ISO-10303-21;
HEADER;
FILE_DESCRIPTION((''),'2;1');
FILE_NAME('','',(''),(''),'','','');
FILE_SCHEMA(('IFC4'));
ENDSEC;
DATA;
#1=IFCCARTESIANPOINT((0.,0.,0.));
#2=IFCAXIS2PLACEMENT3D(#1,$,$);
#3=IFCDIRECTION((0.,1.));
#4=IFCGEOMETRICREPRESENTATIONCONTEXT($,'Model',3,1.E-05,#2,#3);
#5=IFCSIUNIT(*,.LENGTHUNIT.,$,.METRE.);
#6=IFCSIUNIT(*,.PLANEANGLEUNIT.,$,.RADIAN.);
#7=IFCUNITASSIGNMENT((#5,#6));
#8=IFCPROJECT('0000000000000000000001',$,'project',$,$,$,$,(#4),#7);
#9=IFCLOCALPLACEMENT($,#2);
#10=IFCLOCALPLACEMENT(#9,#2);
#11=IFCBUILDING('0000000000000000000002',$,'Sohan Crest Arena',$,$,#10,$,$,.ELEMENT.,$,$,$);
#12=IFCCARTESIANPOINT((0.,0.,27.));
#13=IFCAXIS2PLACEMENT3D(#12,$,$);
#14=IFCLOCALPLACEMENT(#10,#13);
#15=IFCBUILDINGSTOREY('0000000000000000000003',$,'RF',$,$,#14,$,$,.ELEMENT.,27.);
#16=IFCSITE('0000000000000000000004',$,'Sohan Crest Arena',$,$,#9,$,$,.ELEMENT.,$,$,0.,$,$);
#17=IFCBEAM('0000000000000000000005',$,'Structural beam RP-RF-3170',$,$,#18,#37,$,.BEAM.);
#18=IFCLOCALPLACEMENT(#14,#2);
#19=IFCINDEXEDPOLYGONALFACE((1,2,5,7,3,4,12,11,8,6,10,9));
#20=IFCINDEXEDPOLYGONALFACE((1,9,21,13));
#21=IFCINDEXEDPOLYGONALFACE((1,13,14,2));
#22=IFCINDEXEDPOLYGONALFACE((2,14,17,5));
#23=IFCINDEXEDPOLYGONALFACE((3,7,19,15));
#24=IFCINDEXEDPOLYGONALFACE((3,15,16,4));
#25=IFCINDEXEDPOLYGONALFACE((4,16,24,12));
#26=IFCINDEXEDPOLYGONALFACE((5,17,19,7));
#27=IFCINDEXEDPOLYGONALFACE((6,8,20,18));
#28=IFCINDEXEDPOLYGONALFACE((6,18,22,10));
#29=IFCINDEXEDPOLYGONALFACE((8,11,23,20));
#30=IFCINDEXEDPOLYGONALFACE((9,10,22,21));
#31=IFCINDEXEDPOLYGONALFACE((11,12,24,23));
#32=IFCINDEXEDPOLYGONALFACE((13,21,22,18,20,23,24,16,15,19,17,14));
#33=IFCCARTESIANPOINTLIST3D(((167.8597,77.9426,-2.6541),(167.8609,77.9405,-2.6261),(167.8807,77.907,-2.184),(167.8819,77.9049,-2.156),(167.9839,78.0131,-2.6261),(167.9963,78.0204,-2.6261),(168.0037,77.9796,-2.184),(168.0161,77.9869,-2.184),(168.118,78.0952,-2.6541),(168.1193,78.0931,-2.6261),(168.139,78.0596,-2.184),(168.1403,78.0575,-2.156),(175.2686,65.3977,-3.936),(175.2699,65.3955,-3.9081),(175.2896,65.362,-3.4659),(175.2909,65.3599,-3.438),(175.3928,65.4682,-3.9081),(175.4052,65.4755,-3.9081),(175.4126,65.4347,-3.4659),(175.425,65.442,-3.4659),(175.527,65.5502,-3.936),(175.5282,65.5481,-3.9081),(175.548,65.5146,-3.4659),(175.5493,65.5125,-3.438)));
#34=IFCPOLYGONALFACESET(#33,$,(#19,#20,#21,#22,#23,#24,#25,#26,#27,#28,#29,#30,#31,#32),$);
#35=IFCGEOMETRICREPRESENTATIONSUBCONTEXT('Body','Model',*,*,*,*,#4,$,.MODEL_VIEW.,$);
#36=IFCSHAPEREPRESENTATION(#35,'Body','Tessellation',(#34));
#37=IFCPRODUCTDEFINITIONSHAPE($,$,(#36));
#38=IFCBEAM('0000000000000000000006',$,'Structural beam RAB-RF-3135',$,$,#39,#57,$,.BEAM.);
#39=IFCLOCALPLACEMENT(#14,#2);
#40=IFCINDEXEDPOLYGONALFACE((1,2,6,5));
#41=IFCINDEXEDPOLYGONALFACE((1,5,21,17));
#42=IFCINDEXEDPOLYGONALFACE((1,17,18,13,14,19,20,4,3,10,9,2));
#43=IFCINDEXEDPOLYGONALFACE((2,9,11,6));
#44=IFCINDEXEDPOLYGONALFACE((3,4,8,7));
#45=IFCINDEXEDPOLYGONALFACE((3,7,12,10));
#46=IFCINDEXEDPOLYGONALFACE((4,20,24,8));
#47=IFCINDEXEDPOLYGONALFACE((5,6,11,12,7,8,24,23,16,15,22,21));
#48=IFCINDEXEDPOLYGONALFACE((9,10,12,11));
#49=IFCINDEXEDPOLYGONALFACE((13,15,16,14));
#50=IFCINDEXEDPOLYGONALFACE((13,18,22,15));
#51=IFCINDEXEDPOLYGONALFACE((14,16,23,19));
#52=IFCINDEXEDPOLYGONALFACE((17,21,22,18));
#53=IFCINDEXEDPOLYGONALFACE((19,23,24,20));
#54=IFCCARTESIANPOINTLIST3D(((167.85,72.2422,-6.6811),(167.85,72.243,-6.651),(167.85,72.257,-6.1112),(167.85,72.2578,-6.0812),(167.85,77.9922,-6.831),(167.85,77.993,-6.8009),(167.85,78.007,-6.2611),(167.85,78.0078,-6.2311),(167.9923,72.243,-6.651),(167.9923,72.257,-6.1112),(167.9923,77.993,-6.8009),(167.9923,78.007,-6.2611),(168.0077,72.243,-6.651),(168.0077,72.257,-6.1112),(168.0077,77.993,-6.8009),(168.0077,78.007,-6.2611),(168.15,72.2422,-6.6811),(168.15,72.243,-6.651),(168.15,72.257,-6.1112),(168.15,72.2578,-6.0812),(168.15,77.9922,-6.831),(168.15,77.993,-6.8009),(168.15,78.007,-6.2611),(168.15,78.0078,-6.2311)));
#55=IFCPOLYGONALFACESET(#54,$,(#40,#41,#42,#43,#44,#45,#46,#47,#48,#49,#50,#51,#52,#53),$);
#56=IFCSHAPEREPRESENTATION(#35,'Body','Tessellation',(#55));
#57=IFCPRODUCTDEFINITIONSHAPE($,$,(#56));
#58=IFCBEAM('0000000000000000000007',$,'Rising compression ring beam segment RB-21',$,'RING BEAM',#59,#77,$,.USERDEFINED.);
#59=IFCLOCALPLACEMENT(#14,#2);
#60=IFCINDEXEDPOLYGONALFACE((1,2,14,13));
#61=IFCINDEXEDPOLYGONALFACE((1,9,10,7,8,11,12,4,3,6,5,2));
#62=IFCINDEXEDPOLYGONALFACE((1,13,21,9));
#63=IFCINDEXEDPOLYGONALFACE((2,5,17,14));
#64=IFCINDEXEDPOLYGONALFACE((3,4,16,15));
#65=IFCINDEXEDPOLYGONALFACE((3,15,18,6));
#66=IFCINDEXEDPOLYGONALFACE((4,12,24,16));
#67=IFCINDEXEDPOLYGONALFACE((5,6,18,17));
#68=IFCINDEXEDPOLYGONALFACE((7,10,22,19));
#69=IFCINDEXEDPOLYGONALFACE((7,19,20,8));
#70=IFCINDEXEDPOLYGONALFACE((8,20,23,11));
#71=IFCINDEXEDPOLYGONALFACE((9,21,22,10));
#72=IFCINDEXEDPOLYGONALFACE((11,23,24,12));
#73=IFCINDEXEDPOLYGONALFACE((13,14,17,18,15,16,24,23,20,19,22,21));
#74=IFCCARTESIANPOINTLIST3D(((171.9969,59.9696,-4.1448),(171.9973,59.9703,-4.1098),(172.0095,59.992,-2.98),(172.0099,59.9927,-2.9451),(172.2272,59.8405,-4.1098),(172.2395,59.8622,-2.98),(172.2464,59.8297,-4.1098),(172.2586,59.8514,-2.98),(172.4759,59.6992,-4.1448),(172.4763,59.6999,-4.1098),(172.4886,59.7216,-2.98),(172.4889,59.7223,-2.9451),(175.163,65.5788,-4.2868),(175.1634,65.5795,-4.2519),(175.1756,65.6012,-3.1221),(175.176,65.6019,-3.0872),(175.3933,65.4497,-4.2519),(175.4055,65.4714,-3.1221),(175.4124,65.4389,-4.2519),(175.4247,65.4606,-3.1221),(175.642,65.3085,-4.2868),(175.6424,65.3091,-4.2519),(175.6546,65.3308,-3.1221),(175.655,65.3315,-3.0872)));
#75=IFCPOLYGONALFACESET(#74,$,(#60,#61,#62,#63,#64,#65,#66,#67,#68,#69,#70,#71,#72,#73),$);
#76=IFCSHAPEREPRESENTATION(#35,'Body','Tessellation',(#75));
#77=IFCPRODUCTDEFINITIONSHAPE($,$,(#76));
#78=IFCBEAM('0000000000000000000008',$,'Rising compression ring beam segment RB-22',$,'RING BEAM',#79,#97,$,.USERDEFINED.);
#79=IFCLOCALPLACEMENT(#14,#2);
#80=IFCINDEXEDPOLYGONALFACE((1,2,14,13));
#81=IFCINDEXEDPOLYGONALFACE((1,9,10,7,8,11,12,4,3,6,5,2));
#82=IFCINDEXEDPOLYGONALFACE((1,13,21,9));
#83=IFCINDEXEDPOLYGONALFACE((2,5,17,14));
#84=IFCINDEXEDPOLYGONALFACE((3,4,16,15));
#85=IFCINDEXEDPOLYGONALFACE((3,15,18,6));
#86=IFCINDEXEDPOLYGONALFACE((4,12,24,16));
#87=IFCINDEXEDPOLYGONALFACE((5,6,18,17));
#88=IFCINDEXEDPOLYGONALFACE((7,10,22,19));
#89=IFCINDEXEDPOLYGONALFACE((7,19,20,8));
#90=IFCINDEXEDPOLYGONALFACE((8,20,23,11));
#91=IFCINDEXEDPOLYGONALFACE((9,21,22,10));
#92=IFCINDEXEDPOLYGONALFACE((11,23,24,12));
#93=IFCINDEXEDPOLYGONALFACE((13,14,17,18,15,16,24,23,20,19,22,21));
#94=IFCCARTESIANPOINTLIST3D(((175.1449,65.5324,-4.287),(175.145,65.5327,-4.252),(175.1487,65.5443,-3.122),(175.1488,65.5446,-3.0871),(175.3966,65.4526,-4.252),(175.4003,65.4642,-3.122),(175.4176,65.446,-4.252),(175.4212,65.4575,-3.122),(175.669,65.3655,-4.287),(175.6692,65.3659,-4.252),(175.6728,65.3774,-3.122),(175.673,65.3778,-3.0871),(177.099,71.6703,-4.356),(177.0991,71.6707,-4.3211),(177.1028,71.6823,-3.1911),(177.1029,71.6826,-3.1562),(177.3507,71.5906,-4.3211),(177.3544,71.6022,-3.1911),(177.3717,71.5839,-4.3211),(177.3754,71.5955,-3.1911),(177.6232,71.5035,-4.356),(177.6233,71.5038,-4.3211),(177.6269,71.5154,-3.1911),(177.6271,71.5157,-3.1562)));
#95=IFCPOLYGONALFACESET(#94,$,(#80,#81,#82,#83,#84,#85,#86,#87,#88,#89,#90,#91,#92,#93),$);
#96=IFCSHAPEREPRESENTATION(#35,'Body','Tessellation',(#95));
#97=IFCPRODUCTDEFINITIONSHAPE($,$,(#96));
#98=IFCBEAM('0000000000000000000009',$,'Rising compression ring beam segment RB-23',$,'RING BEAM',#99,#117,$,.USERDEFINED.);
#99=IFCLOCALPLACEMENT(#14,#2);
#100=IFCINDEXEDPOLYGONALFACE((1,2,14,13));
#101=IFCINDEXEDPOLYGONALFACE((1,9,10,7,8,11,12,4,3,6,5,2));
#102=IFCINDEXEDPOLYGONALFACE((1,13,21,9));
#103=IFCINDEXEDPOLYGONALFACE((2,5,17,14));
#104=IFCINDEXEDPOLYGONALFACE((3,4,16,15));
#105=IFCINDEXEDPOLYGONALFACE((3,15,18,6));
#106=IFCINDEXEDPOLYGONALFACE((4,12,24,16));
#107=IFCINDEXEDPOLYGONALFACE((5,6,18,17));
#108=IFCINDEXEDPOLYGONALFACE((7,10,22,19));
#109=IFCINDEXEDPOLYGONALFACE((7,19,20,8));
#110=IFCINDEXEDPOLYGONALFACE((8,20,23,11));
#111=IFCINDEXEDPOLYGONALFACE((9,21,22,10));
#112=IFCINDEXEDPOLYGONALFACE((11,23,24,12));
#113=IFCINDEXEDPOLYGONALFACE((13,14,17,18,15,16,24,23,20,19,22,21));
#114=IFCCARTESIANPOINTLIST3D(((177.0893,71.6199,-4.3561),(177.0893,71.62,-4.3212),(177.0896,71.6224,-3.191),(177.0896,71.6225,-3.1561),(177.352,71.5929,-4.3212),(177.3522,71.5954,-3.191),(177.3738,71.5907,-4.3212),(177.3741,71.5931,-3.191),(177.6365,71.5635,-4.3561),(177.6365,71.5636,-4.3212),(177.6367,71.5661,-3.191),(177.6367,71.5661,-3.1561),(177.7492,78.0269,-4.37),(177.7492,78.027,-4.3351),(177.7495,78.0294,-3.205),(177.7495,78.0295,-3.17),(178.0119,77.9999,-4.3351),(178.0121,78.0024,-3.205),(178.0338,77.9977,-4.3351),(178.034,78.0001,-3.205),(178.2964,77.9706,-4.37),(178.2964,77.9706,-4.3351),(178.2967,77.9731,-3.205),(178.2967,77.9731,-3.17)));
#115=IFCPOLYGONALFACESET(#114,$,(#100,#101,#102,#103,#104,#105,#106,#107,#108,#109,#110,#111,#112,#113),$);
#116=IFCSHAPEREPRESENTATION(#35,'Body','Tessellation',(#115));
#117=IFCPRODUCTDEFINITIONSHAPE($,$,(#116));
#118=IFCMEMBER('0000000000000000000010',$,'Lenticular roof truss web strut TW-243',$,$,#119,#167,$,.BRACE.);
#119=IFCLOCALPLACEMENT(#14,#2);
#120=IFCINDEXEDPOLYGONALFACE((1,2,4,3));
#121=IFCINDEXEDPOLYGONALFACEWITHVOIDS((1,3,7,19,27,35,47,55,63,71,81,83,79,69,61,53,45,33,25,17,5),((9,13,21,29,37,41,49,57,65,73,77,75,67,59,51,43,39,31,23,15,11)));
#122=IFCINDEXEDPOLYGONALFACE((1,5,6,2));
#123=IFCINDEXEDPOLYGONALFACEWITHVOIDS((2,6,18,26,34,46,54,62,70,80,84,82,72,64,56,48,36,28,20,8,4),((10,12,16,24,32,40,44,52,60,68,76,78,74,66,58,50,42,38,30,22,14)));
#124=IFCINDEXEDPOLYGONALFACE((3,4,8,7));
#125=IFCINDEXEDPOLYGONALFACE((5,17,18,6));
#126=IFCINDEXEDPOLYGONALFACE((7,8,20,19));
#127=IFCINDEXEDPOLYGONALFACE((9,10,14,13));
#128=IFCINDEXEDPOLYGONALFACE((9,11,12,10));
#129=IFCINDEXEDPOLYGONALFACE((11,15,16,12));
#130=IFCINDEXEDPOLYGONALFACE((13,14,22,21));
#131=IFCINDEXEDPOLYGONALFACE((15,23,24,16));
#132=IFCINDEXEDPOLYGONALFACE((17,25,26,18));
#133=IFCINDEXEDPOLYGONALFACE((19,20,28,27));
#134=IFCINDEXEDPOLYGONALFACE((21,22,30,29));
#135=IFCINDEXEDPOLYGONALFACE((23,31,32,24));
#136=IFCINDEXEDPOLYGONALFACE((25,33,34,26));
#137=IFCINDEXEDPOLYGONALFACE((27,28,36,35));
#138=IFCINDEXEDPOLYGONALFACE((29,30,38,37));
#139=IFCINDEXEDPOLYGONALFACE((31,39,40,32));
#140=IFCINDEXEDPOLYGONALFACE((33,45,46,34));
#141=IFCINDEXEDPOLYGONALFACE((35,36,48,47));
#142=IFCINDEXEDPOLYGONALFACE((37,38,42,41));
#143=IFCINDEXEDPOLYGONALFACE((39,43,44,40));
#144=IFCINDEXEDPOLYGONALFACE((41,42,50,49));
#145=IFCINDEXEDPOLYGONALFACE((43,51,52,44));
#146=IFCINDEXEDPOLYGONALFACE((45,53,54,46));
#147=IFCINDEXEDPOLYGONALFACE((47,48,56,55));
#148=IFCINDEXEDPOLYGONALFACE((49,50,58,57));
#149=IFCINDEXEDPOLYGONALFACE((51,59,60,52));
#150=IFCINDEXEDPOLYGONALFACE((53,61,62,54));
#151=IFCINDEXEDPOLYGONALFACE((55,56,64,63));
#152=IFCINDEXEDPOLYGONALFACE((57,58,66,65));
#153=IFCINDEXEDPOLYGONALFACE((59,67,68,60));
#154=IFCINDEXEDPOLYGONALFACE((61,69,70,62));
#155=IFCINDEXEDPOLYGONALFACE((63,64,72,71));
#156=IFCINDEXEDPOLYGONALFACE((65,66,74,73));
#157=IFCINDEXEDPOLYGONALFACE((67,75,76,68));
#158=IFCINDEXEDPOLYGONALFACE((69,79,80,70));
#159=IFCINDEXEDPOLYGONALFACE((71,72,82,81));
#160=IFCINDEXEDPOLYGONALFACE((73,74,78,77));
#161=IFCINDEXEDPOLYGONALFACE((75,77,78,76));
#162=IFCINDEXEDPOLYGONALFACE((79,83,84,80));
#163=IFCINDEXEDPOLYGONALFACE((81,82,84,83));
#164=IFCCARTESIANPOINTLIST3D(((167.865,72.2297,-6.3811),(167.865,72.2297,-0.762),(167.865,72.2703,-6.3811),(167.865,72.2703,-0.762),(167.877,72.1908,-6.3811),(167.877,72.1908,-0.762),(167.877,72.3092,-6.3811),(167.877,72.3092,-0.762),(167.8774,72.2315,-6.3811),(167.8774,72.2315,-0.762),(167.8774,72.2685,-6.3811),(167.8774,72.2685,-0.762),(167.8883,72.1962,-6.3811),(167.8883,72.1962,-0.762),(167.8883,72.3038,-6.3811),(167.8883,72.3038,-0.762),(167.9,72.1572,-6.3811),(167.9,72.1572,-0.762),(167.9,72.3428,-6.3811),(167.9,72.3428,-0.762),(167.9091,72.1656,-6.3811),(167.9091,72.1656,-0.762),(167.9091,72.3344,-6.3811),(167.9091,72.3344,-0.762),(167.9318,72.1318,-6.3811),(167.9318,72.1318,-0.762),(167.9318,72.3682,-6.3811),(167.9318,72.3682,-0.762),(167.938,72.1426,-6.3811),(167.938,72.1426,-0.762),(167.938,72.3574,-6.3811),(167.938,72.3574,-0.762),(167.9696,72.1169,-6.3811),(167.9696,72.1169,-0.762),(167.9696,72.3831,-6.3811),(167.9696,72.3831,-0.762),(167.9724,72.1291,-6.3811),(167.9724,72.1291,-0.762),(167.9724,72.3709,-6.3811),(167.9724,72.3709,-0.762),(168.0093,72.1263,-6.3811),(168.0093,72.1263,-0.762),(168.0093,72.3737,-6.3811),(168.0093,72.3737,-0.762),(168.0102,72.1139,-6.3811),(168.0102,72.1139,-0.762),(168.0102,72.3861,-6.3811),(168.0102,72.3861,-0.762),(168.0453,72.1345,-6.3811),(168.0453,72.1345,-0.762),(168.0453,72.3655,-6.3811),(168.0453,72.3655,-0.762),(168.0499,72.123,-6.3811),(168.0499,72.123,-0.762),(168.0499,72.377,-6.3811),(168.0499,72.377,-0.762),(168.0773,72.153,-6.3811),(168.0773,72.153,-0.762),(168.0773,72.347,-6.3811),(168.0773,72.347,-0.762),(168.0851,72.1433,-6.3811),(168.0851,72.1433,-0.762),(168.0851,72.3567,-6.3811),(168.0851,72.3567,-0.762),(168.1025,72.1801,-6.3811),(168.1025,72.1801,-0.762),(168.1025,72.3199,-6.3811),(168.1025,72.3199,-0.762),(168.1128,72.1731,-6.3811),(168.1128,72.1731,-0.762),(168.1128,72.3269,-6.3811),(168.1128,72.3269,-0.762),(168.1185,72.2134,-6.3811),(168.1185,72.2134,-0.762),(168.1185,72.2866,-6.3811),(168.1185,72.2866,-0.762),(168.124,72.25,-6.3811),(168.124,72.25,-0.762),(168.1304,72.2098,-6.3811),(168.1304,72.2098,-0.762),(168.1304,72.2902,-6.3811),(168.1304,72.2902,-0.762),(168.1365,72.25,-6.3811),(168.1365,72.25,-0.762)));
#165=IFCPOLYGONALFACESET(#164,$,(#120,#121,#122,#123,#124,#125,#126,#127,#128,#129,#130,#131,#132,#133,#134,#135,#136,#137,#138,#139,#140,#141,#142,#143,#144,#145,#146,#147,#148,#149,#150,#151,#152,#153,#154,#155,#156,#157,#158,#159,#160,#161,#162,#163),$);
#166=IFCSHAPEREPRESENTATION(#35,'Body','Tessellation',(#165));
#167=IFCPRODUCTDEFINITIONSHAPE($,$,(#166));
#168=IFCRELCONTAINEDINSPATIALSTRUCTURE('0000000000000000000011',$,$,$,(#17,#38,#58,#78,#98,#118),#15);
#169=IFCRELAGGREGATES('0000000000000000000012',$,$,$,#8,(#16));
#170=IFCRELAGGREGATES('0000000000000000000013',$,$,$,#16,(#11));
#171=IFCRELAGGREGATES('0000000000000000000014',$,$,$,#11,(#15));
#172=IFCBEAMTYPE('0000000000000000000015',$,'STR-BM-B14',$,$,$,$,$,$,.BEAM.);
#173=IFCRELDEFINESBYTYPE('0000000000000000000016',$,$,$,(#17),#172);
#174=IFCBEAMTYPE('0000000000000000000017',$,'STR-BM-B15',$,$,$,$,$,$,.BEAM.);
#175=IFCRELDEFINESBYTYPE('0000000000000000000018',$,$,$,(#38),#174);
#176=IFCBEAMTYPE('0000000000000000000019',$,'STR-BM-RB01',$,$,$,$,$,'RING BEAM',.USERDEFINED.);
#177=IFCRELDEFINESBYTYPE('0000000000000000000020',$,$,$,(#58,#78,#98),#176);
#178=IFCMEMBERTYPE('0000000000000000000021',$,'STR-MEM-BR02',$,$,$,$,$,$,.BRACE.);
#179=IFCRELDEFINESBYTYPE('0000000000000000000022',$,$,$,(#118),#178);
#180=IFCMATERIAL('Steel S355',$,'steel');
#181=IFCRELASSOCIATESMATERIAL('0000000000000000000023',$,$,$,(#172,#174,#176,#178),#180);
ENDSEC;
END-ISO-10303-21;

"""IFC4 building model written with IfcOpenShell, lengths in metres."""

from ifc_helpers import new_model, si_unit, direction, frame, origin, origin_2d, place, context, subcontext, project, spatial, hollow_circle, i_section, extrude, material, material_profile, profile_set, type_object, element, save


model = new_model("IFC4")

# Units and contexts
model_context = context("Model", 3, precision=1e-05, world=origin(), true_north=direction((0.0, 1.0)))
body_context = subcontext(model_context, "Body", "Model", "MODEL_VIEW")
ifc_project = project(units=[si_unit("LENGTHUNIT", "METRE"), si_unit("PLANEANGLEUNIT", "RADIAN")], contexts=[model_context])

# Site, building, storey
site_placement = place(None, origin())
site = spatial("IfcSite", under=ifc_project, at=site_placement, Name="Sohan Crest Arena", CompositionType="ELEMENT", RefElevation=0.0)
building_placement = place(site_placement, origin())
building = spatial("IfcBuilding", under=site, at=building_placement, Name="Sohan Crest Arena", CompositionType="ELEMENT")
storey_placement = place(building_placement, frame((0.0, 0.0, 27.0)))
storey = spatial("IfcBuildingStorey", under=building, at=storey_placement, Name="RF", CompositionType="ELEMENT", Elevation=27.0)

# Beams
ifc_material_1 = material(Name="Steel S355", Category="steel")
ifc_material_profile_1 = material_profile(ifc_material_1, i_section(OverallWidth=0.3, OverallDepth=0.5, WebThickness=0.0144, FlangeThickness=0.0281, at=origin_2d()), Name="HEB 500")
ifc_profile_set_1 = profile_set([ifc_material_profile_1], Name="Steel S355")
beam_type_1 = type_object("IfcBeamType", Name="STR-BM-B14", PredefinedType="BEAM", material=ifc_profile_set_1)
beam_1_placement = place(storey_placement, frame((175.4089, 65.4551, -3.687), z_axis=(-0.50657, 0.857732, 0.087653), x_axis=(-0.861046, -0.508527, 0.0)))
element("IfcBeam", 1, at=beam_1_placement, inside=storey, type_object=beam_type_1, Name="Structural beam RP-RF-3170", PredefinedType="BEAM", context=body_context, shape_type="SweptSolid", body=[
    extrude(i_section(OverallWidth=0.3, OverallDepth=0.5, WebThickness=0.0144, FlangeThickness=0.0281, at=origin_2d()), origin(), (0.0, 0.0, 1.0), 14.6257),
])
ifc_material_profile_2 = material_profile(ifc_material_1, i_section(OverallWidth=0.3, OverallDepth=0.6001, WebThickness=0.0154, FlangeThickness=0.03, at=origin_2d()), Name="HEB 600")
ifc_profile_set_2 = profile_set([ifc_material_profile_2], Name="Steel S355")
beam_type_2 = type_object("IfcBeamType", Name="STR-BM-B15", PredefinedType="BEAM", material=ifc_profile_set_2)
beam_2_placement = place(storey_placement, frame((168.0, 72.25, -6.3811), z_axis=(0.0, 0.99966, -0.026061), x_axis=(-1.0, 0.0, 0.0)))
element("IfcBeam", 2, at=beam_2_placement, inside=storey, type_object=beam_type_2, Name="Structural beam RAB-RF-3135", PredefinedType="BEAM", context=body_context, shape_type="SweptSolid", body=[
    extrude(i_section(OverallWidth=0.3, OverallDepth=0.6001, WebThickness=0.0154, FlangeThickness=0.03, at=origin_2d()), origin(), (0.0, 0.0, 1.0), 5.752),
])
ifc_material_profile_3 = material_profile(ifc_material_1, i_section(OverallWidth=0.55, OverallDepth=1.2, WebThickness=0.022, FlangeThickness=0.0349, at=origin_2d()), Name="PG 1200x550x22x35")
ifc_profile_set_3 = profile_set([ifc_material_profile_3], Name="Steel S355")
beam_type_3 = type_object("IfcBeamType", Name="STR-BM-RB01", ElementType="RING BEAM", PredefinedType="USERDEFINED", material=ifc_profile_set_3)
beam_3_placement = place(storey_placement, frame((172.2429, 59.8459, -3.5449), z_axis=(0.491424, 0.870641, -0.022055), x_axis=(-0.870853, 0.491544, 0.0)))
element("IfcBeam", 3, at=beam_3_placement, inside=storey, type_object=beam_type_3, Name="Rising compression ring beam segment RB-21", ObjectType="RING BEAM", PredefinedType="USERDEFINED", context=body_context, shape_type="SweptSolid", body=[
    extrude(i_section(OverallWidth=0.55, OverallDepth=1.2, WebThickness=0.022, FlangeThickness=0.0349, at=origin_2d()), origin(), (0.0, 0.0, 1.0), 6.4426),
])
beam_4_placement = place(storey_placement, frame((175.4089, 65.4551, -3.687), z_axis=(0.303344, 0.952821, -0.010725), x_axis=(-0.952875, 0.303362, 0.0)))
element("IfcBeam", 4, at=beam_4_placement, inside=storey, type_object=beam_type_3, Name="Rising compression ring beam segment RB-22", ObjectType="RING BEAM", PredefinedType="USERDEFINED", context=body_context, shape_type="SweptSolid", body=[
    extrude(i_section(OverallWidth=0.55, OverallDepth=1.2, WebThickness=0.022, FlangeThickness=0.0349, at=origin_2d()), origin(), (0.0, 0.0, 1.0), 6.4419),
])
beam_5_placement = place(storey_placement, frame((177.363, 71.593, -3.7561), z_axis=(0.102457, 0.994735, -0.002161), x_axis=(-0.994737, 0.102457, 0.0)))
element("IfcBeam", 5, at=beam_5_placement, inside=storey, type_object=beam_type_3, Name="Rising compression ring beam segment RB-23", ObjectType="RING BEAM", PredefinedType="USERDEFINED", context=body_context, shape_type="SweptSolid", body=[
    extrude(i_section(OverallWidth=0.55, OverallDepth=1.2, WebThickness=0.022, FlangeThickness=0.0349, at=origin_2d()), origin(), (0.0, 0.0, 1.0), 6.4409),
])

# Member
ifc_material_profile_4 = material_profile(ifc_material_1, hollow_circle(Radius=0.1365, WallThickness=0.0125, at=origin_2d()), Name="CHS 273x12.5")
ifc_profile_set_4 = profile_set([ifc_material_profile_4], Name="Steel S355")
member_type_1 = type_object("IfcMemberType", Name="STR-MEM-BR02", PredefinedType="BRACE", material=ifc_profile_set_4)
member_1_placement = place(storey_placement, frame((168.0, 72.25, -6.3811), z_axis=(0.0, 0.0, 1.0), x_axis=(1.0, 0.0, 0.0)))
element("IfcMember", 6, at=member_1_placement, inside=storey, type_object=member_type_1, Name="Lenticular roof truss web strut TW-243", PredefinedType="BRACE", context=body_context, shape_type="SweptSolid", body=[
    extrude(hollow_circle(Radius=0.1365, WallThickness=0.0125, at=origin_2d()), origin(), (0.0, 0.0, 1.0), 5.6191),
])

save(model, "model.ifc")
